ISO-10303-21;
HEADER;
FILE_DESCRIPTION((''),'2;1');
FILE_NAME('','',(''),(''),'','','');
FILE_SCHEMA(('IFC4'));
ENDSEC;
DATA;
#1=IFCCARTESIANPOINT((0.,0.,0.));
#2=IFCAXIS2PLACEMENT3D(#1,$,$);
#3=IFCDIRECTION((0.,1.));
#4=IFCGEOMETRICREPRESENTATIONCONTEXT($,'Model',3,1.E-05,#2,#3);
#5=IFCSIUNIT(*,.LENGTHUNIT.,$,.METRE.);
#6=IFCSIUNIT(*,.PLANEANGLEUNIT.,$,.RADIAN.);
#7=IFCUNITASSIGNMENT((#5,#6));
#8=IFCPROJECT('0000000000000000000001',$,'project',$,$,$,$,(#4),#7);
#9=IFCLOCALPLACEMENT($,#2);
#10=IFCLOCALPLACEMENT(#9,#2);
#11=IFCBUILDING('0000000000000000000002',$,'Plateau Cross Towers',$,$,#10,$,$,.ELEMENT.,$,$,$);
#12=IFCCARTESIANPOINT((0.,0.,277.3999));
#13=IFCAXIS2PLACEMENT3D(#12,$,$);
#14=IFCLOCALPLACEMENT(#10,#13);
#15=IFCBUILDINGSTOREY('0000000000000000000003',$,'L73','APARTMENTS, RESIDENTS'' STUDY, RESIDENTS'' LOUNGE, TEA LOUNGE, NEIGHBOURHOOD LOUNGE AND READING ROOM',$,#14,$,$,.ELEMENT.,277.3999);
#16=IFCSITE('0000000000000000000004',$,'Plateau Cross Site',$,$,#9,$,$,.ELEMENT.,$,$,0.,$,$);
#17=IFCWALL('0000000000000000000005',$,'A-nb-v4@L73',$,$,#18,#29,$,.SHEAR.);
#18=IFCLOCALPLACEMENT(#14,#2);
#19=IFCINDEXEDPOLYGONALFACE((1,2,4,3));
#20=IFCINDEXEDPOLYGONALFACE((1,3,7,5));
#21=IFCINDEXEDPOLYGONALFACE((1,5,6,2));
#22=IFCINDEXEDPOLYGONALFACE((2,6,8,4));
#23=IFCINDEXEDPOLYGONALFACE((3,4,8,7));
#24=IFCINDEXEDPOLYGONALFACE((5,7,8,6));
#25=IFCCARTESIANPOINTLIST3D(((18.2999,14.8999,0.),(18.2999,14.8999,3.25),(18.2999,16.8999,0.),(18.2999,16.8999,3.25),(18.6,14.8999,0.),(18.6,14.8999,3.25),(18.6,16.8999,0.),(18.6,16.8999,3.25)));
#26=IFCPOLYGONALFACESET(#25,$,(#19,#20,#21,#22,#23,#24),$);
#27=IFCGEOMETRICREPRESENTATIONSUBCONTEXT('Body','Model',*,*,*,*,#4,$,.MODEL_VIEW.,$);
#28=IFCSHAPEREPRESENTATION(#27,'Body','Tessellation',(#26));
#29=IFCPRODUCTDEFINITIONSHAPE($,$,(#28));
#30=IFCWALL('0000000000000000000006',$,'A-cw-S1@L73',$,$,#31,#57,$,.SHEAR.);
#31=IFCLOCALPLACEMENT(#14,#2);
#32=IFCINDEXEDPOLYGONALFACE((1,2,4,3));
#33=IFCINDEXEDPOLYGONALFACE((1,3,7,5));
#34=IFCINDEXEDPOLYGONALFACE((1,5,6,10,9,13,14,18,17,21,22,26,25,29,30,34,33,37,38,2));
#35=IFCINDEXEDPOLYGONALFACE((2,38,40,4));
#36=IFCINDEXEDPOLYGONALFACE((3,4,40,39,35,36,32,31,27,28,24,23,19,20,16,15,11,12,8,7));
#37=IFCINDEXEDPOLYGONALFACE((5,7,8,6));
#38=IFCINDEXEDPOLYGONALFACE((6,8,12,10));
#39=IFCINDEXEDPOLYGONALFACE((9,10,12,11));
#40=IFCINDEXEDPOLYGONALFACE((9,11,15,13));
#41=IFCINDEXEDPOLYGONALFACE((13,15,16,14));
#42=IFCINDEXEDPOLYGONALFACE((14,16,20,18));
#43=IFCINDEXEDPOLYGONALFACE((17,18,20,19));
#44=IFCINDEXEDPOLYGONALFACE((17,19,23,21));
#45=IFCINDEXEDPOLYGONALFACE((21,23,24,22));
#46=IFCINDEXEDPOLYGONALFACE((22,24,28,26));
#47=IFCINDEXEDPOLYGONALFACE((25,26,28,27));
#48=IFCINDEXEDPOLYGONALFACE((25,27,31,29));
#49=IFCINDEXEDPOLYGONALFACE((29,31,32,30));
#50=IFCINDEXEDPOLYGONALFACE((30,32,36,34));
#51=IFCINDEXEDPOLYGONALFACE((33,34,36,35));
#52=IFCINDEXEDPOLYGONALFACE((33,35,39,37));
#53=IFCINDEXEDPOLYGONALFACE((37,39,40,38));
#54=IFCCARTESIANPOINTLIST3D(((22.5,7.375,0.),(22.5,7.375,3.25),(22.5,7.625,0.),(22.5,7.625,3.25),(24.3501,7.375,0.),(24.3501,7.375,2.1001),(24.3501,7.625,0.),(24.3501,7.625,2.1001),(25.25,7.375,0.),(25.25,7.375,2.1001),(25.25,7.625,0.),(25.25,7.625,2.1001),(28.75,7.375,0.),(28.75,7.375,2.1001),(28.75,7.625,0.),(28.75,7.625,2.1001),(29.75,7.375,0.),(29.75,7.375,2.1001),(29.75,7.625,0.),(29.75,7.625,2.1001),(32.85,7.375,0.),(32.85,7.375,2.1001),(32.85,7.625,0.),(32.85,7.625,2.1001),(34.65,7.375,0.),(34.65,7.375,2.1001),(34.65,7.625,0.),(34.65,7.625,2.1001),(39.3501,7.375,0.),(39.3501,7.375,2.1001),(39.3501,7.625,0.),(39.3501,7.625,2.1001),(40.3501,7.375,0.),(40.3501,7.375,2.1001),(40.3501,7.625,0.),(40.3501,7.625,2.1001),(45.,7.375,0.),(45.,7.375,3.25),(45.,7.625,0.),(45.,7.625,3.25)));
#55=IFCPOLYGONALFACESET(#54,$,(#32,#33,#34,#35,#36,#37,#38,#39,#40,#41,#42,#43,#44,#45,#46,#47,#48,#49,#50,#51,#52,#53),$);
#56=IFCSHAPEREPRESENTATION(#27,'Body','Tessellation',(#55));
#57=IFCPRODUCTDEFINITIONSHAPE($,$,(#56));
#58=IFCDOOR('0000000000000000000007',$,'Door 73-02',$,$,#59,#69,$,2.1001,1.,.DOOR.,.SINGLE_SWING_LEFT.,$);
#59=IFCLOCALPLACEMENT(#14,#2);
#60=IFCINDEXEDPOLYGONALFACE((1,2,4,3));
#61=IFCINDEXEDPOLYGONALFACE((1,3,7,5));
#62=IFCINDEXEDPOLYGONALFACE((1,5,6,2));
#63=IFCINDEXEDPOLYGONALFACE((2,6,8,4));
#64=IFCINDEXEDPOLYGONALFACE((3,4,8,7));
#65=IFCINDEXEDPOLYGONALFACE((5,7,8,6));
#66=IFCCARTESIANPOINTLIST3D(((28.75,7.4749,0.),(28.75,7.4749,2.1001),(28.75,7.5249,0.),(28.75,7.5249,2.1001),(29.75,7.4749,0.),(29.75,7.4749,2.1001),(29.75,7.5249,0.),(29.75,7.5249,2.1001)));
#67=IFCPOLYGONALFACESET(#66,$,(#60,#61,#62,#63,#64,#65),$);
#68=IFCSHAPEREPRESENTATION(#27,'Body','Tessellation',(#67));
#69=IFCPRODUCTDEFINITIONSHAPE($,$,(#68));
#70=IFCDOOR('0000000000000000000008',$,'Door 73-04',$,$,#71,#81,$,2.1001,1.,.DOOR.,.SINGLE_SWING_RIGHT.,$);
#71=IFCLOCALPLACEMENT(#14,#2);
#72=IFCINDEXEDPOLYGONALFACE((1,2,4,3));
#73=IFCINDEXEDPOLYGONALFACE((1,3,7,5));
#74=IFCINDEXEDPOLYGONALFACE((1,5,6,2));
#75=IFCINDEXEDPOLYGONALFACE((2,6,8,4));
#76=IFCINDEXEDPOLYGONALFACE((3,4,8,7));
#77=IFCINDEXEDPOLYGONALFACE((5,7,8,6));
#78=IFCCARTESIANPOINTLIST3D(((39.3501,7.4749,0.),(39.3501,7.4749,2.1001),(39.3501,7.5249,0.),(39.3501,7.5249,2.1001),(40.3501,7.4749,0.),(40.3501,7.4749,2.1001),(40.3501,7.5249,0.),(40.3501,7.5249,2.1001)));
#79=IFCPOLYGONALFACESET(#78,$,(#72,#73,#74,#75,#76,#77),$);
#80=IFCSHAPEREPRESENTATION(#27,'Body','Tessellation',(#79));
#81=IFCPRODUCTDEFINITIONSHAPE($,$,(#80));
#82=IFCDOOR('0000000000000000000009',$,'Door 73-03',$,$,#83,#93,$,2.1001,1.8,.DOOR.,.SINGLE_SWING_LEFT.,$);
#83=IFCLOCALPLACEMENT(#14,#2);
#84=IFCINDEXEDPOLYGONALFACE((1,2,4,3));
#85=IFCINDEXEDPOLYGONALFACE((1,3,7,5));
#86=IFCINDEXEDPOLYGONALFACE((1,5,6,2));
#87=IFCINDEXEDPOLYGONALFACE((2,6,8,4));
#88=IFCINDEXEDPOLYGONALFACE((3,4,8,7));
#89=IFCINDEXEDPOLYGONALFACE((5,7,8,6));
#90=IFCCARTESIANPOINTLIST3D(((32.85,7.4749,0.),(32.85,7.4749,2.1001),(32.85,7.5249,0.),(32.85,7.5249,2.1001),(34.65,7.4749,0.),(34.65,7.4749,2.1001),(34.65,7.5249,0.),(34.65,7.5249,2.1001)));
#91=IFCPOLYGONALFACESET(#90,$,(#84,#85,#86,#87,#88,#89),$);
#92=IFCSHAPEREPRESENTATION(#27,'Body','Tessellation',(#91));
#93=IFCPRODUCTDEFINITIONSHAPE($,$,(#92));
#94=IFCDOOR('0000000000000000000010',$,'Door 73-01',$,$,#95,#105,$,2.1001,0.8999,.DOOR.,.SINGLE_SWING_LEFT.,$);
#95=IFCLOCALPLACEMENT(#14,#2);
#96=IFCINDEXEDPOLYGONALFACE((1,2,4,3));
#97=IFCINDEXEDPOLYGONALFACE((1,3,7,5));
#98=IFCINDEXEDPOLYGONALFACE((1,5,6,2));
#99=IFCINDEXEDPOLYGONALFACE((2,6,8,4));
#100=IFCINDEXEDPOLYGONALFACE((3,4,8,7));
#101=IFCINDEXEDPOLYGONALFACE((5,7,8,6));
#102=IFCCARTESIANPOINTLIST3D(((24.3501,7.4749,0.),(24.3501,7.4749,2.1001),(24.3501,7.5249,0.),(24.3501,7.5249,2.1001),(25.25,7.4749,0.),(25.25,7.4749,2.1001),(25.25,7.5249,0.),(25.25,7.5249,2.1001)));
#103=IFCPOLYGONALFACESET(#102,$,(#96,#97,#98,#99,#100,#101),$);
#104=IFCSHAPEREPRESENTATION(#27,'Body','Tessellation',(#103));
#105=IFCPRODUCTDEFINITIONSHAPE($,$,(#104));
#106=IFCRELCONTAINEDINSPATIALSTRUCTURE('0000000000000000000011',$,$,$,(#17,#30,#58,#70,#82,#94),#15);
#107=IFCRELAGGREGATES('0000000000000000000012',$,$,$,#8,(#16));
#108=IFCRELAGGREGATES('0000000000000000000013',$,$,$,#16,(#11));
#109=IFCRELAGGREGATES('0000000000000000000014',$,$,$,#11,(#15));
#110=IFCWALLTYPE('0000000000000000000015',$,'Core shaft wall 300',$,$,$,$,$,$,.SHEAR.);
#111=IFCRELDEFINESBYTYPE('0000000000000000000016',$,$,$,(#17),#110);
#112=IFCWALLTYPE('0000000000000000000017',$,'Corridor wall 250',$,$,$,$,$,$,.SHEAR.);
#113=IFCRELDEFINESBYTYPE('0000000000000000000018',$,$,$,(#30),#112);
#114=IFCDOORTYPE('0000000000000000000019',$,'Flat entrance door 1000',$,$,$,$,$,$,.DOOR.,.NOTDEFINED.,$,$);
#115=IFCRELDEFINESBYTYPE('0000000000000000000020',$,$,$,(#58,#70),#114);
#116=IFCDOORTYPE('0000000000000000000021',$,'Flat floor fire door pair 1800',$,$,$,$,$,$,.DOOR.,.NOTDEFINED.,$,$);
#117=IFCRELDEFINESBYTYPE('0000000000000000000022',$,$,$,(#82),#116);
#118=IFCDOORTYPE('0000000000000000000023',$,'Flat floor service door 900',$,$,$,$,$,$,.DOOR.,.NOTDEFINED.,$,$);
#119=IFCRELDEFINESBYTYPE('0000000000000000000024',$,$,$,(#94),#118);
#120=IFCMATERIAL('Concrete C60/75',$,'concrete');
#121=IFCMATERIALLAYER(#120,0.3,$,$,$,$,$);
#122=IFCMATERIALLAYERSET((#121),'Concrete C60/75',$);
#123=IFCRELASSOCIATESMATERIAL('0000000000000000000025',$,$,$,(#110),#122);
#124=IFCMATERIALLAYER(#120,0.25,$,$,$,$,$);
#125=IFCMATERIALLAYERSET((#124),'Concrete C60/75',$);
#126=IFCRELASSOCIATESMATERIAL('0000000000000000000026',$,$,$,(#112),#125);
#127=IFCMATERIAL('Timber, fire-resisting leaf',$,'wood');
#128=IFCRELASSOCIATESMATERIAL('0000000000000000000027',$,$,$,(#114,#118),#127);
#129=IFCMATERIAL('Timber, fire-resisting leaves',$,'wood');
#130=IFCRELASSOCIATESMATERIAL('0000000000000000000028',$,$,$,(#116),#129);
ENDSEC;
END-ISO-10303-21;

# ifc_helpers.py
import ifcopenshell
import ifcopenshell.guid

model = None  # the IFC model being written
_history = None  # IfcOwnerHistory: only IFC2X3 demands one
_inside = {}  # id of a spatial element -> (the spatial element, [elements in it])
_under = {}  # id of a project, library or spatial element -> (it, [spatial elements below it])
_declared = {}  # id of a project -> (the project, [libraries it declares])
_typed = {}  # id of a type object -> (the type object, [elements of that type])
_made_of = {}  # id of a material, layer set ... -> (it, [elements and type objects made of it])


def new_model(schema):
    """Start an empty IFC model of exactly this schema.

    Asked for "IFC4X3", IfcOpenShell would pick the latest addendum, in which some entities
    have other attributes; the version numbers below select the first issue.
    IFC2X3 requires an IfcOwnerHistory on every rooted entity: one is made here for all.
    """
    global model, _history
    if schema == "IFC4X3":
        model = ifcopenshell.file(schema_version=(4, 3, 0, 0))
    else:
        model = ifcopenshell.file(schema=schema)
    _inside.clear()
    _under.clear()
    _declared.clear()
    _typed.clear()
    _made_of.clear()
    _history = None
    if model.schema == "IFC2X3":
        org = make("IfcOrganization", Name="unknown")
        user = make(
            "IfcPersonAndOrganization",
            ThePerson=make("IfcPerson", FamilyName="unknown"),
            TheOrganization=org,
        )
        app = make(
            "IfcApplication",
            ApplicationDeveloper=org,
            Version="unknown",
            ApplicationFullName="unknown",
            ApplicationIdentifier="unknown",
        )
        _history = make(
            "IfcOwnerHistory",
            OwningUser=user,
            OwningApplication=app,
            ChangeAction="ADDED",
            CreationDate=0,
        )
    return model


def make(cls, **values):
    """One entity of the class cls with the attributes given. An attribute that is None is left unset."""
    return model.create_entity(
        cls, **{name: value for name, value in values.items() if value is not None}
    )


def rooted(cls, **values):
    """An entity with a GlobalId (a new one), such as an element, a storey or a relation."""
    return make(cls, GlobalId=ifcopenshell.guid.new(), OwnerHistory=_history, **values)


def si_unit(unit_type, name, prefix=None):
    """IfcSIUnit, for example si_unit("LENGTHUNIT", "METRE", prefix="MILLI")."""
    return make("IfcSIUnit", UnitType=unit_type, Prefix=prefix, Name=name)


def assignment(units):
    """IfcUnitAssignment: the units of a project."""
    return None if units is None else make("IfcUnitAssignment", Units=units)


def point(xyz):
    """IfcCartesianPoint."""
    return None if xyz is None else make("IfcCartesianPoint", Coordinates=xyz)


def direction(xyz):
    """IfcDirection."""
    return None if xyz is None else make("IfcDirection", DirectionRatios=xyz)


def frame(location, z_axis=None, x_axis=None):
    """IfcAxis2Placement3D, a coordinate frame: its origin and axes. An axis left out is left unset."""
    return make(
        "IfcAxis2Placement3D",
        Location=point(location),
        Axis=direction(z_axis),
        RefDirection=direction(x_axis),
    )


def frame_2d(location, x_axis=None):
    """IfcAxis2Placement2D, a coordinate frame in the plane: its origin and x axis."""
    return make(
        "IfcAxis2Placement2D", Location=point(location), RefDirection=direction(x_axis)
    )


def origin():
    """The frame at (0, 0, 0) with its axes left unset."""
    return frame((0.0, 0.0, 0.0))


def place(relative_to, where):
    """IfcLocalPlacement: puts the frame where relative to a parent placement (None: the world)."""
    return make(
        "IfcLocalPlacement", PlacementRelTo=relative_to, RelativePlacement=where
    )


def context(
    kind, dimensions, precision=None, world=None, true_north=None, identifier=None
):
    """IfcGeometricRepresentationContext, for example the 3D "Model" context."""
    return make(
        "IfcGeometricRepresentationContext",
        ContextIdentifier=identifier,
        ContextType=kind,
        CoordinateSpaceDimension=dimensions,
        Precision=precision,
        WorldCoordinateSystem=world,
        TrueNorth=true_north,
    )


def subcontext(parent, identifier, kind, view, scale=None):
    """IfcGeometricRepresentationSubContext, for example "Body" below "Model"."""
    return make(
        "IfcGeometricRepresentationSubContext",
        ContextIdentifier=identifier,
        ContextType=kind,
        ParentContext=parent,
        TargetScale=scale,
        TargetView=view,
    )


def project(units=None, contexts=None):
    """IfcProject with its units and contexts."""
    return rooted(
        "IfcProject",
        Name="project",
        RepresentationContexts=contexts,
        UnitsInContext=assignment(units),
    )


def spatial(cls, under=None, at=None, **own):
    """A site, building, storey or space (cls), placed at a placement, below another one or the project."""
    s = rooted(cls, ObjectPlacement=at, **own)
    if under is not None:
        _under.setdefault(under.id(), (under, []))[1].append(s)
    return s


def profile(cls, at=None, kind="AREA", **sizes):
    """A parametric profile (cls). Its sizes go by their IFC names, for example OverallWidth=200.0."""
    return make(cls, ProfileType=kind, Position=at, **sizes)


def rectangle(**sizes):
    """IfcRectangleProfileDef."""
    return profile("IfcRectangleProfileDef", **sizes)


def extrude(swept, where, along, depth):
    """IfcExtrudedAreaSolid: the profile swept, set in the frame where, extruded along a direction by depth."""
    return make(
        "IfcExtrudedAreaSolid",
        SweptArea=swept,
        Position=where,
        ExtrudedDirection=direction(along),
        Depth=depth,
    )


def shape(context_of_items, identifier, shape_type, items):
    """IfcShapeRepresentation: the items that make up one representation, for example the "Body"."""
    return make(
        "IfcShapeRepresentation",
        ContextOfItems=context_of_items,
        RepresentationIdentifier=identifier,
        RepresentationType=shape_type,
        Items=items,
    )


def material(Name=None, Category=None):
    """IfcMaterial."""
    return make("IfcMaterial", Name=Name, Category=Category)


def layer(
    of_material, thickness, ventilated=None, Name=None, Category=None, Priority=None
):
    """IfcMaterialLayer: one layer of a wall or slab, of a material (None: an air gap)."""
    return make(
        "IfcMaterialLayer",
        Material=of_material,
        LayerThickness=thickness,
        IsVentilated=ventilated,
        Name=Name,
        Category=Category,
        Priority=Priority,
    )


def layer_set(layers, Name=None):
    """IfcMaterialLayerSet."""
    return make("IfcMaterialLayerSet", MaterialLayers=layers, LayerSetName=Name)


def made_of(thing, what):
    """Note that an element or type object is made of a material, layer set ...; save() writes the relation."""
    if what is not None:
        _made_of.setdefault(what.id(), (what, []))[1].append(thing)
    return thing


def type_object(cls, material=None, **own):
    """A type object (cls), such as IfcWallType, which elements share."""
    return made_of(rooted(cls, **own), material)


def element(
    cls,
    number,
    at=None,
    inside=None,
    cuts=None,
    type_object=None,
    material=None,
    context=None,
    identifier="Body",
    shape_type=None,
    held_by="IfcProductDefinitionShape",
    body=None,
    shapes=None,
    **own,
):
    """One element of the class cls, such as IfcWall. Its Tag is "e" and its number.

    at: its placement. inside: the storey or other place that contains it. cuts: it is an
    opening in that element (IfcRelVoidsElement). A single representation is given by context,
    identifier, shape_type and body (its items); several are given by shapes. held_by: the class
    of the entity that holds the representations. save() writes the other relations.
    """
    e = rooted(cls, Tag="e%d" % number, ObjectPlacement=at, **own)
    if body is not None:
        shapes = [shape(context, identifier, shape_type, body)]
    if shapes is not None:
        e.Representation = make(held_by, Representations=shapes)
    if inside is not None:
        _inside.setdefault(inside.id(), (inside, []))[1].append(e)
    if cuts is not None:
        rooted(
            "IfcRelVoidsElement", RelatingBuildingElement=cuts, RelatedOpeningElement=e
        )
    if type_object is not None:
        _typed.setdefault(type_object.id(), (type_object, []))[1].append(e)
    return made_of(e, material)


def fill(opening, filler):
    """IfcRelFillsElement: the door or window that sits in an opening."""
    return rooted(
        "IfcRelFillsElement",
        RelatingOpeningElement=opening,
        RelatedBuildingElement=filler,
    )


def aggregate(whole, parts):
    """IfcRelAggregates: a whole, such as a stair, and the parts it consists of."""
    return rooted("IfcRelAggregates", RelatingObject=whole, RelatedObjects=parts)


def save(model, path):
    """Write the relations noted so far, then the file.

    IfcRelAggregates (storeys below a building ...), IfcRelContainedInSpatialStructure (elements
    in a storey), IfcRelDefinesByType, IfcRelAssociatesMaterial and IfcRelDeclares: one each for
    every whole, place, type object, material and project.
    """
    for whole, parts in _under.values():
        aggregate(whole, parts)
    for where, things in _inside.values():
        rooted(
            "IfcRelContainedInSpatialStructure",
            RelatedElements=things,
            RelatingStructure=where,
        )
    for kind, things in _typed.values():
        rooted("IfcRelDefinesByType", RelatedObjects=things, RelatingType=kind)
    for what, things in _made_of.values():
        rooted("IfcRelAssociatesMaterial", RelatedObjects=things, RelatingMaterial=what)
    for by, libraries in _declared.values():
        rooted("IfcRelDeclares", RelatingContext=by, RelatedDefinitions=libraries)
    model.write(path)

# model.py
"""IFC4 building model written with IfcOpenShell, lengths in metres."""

from ifc_helpers import new_model, si_unit, direction, frame, frame_2d, origin, place, context, subcontext, project, spatial, rectangle, extrude, material, layer, layer_set, type_object, element, fill, save


model = new_model("IFC4")

# Units and contexts
model_context = context("Model", 3, precision=1e-05, world=origin(), true_north=direction((0.0, 1.0)))
body_context = subcontext(model_context, "Body", "Model", "MODEL_VIEW")
ifc_project = project(units=[si_unit("LENGTHUNIT", "METRE"), si_unit("PLANEANGLEUNIT", "RADIAN")], contexts=[model_context])

# Site, building, storey
site_placement = place(None, origin())
site = spatial("IfcSite", under=ifc_project, at=site_placement, Name="Plateau Cross Site", CompositionType="ELEMENT", RefElevation=0.0)
building_placement = place(site_placement, origin())
building = spatial("IfcBuilding", under=site, at=building_placement, Name="Plateau Cross Towers", CompositionType="ELEMENT")
storey_placement = place(building_placement, frame((0.0, 0.0, 277.3999)))
storey = spatial("IfcBuildingStorey", under=building, at=storey_placement, Name="L73", Description="APARTMENTS, RESIDENTS' STUDY, RESIDENTS' LOUNGE, TEA LOUNGE, NEIGHBOURHOOD LOUNGE AND READING ROOM", CompositionType="ELEMENT", Elevation=277.3999)

# Shared definitions
ifc_material_1 = material(Name="Concrete C60/75", Category="concrete")

# Wall
ifc_layer_1 = layer(ifc_material_1, 0.3)
ifc_layer_set_1 = layer_set([ifc_layer_1], Name="Concrete C60/75")
wall_type_1 = type_object("IfcWallType", Name="Core shaft wall 300", PredefinedType="SHEAR", material=ifc_layer_set_1)
for number, where, z_axis, x_axis, name in (
    (1, (18.45, 14.8999, 0.0), (0.0, 0.0, 1.0), (0.0, 1.0, 0.0), "A-nb-v4@L73"),
):
    element("IfcWall", number, at=place(storey_placement, frame(where, z_axis=z_axis, x_axis=x_axis)), inside=storey, type_object=wall_type_1, Name=name, PredefinedType="SHEAR", context=body_context, shape_type="SweptSolid", body=[
        extrude(rectangle(XDim=2.0, YDim=0.3, at=frame_2d((1.0, 0.0))), origin(), (0.0, 0.0, 1.0), 3.25),
    ])

# Wall, openings, doors
ifc_layer_2 = layer(ifc_material_1, 0.25)
ifc_layer_set_2 = layer_set([ifc_layer_2], Name="Concrete C60/75")
wall_type_2 = type_object("IfcWallType", Name="Corridor wall 250", PredefinedType="SHEAR", material=ifc_layer_set_2)
wall_1_placement = place(storey_placement, frame((22.5, 7.5, 0.0), z_axis=(0.0, 0.0, 1.0), x_axis=(1.0, 0.0, 0.0)))
wall_1 = element("IfcWall", 2, at=wall_1_placement, inside=storey, type_object=wall_type_2, Name="A-cw-S1@L73", PredefinedType="SHEAR", context=body_context, shape_type="SweptSolid", body=[
    extrude(rectangle(XDim=22.5, YDim=0.25, at=frame_2d((11.25, 0.0))), origin(), (0.0, 0.0, 1.0), 3.25),
])
opening_1_placement = place(wall_1_placement, frame((1.8501, 0.0, 0.0)))
opening_1 = element("IfcOpeningElement", 3, at=opening_1_placement, cuts=wall_1, PredefinedType="OPENING", context=body_context, shape_type="SweptSolid", body=[
    extrude(rectangle(XDim=0.8999, YDim=2.1001, at=frame_2d((0.45, 1.05))), frame((0.0, 0.135, 0.0), z_axis=(0.0, -1.0, 0.0), x_axis=(1.0, 0.0, 0.0)), (0.0, 0.0, 1.0), 0.27),
])
opening_2_placement = place(wall_1_placement, frame((6.25, 0.0, 0.0)))
opening_2 = element("IfcOpeningElement", 4, at=opening_2_placement, cuts=wall_1, PredefinedType="OPENING", context=body_context, shape_type="SweptSolid", body=[
    extrude(rectangle(XDim=1.0, YDim=2.1001, at=frame_2d((0.5, 1.05))), frame((0.0, 0.135, 0.0), z_axis=(0.0, -1.0, 0.0), x_axis=(1.0, 0.0, 0.0)), (0.0, 0.0, 1.0), 0.27),
])
opening_3_placement = place(wall_1_placement, frame((10.3501, 0.0, 0.0)))
opening_3 = element("IfcOpeningElement", 5, at=opening_3_placement, cuts=wall_1, PredefinedType="OPENING", context=body_context, shape_type="SweptSolid", body=[
    extrude(rectangle(XDim=1.8, YDim=2.1001, at=frame_2d((0.8999, 1.05))), frame((0.0, 0.135, 0.0), z_axis=(0.0, -1.0, 0.0), x_axis=(1.0, 0.0, 0.0)), (0.0, 0.0, 1.0), 0.27),
])
opening_4_placement = place(wall_1_placement, frame((16.8501, 0.0, 0.0)))
opening_4 = element("IfcOpeningElement", 6, at=opening_4_placement, cuts=wall_1, PredefinedType="OPENING", context=body_context, shape_type="SweptSolid", body=[
    extrude(rectangle(XDim=1.0, YDim=2.1001, at=frame_2d((0.5, 1.05))), frame((0.0, 0.135, 0.0), z_axis=(0.0, -1.0, 0.0), x_axis=(1.0, 0.0, 0.0)), (0.0, 0.0, 1.0), 0.27),
])
ifc_material_2 = material(Name="Timber, fire-resisting leaf", Category="wood")
door_type_1 = type_object("IfcDoorType", Name="Flat entrance door 1000", OperationType="NOTDEFINED", PredefinedType="DOOR", material=ifc_material_2)
door_1_placement = place(opening_2_placement, origin())
door_1 = element("IfcDoor", 7, at=door_1_placement, inside=storey, type_object=door_type_1, Name="Door 73-02", OperationType="SINGLE_SWING_LEFT", OverallHeight=2.1001, OverallWidth=1.0, PredefinedType="DOOR", context=body_context, shape_type="SweptSolid", body=[
    extrude(rectangle(XDim=1.0, YDim=2.1001, at=frame_2d((0.5, 1.05))), frame((0.0, 0.0249, 0.0), z_axis=(0.0, -1.0, 0.0), x_axis=(1.0, 0.0, 0.0)), (0.0, 0.0, 1.0), 0.05),
])
fill(opening_2, door_1)
door_2_placement = place(opening_4_placement, origin())
door_2 = element("IfcDoor", 8, at=door_2_placement, inside=storey, type_object=door_type_1, Name="Door 73-04", OperationType="SINGLE_SWING_RIGHT", OverallHeight=2.1001, OverallWidth=1.0, PredefinedType="DOOR", context=body_context, shape_type="SweptSolid", body=[
    extrude(rectangle(XDim=1.0, YDim=2.1001, at=frame_2d((0.5, 1.05))), frame((0.0, 0.0249, 0.0), z_axis=(0.0, -1.0, 0.0), x_axis=(1.0, 0.0, 0.0)), (0.0, 0.0, 1.0), 0.05),
])
fill(opening_4, door_2)
ifc_material_3 = material(Name="Timber, fire-resisting leaves", Category="wood")
door_type_2 = type_object("IfcDoorType", Name="Flat floor fire door pair 1800", OperationType="NOTDEFINED", PredefinedType="DOOR", material=ifc_material_3)
door_3_placement = place(opening_3_placement, origin())
door_3 = element("IfcDoor", 9, at=door_3_placement, inside=storey, type_object=door_type_2, Name="Door 73-03", OperationType="SINGLE_SWING_LEFT", OverallHeight=2.1001, OverallWidth=1.8, PredefinedType="DOOR", context=body_context, shape_type="SweptSolid", body=[
    extrude(rectangle(XDim=1.8, YDim=2.1001, at=frame_2d((0.8999, 1.05))), frame((0.0, 0.0249, 0.0), z_axis=(0.0, -1.0, 0.0), x_axis=(1.0, 0.0, 0.0)), (0.0, 0.0, 1.0), 0.05),
])
fill(opening_3, door_3)
door_type_3 = type_object("IfcDoorType", Name="Flat floor service door 900", OperationType="NOTDEFINED", PredefinedType="DOOR", material=ifc_material_2)
door_4_placement = place(opening_1_placement, origin())
door_4 = element("IfcDoor", 10, at=door_4_placement, inside=storey, type_object=door_type_3, Name="Door 73-01", OperationType="SINGLE_SWING_LEFT", OverallHeight=2.1001, OverallWidth=0.8999, PredefinedType="DOOR", context=body_context, shape_type="SweptSolid", body=[
    extrude(rectangle(XDim=0.8999, YDim=2.1001, at=frame_2d((0.45, 1.05))), frame((0.0, 0.0249, 0.0), z_axis=(0.0, -1.0, 0.0), x_axis=(1.0, 0.0, 0.0)), (0.0, 0.0, 1.0), 0.05),
])
fill(opening_1, door_4)

save(model, "model.ifc")
